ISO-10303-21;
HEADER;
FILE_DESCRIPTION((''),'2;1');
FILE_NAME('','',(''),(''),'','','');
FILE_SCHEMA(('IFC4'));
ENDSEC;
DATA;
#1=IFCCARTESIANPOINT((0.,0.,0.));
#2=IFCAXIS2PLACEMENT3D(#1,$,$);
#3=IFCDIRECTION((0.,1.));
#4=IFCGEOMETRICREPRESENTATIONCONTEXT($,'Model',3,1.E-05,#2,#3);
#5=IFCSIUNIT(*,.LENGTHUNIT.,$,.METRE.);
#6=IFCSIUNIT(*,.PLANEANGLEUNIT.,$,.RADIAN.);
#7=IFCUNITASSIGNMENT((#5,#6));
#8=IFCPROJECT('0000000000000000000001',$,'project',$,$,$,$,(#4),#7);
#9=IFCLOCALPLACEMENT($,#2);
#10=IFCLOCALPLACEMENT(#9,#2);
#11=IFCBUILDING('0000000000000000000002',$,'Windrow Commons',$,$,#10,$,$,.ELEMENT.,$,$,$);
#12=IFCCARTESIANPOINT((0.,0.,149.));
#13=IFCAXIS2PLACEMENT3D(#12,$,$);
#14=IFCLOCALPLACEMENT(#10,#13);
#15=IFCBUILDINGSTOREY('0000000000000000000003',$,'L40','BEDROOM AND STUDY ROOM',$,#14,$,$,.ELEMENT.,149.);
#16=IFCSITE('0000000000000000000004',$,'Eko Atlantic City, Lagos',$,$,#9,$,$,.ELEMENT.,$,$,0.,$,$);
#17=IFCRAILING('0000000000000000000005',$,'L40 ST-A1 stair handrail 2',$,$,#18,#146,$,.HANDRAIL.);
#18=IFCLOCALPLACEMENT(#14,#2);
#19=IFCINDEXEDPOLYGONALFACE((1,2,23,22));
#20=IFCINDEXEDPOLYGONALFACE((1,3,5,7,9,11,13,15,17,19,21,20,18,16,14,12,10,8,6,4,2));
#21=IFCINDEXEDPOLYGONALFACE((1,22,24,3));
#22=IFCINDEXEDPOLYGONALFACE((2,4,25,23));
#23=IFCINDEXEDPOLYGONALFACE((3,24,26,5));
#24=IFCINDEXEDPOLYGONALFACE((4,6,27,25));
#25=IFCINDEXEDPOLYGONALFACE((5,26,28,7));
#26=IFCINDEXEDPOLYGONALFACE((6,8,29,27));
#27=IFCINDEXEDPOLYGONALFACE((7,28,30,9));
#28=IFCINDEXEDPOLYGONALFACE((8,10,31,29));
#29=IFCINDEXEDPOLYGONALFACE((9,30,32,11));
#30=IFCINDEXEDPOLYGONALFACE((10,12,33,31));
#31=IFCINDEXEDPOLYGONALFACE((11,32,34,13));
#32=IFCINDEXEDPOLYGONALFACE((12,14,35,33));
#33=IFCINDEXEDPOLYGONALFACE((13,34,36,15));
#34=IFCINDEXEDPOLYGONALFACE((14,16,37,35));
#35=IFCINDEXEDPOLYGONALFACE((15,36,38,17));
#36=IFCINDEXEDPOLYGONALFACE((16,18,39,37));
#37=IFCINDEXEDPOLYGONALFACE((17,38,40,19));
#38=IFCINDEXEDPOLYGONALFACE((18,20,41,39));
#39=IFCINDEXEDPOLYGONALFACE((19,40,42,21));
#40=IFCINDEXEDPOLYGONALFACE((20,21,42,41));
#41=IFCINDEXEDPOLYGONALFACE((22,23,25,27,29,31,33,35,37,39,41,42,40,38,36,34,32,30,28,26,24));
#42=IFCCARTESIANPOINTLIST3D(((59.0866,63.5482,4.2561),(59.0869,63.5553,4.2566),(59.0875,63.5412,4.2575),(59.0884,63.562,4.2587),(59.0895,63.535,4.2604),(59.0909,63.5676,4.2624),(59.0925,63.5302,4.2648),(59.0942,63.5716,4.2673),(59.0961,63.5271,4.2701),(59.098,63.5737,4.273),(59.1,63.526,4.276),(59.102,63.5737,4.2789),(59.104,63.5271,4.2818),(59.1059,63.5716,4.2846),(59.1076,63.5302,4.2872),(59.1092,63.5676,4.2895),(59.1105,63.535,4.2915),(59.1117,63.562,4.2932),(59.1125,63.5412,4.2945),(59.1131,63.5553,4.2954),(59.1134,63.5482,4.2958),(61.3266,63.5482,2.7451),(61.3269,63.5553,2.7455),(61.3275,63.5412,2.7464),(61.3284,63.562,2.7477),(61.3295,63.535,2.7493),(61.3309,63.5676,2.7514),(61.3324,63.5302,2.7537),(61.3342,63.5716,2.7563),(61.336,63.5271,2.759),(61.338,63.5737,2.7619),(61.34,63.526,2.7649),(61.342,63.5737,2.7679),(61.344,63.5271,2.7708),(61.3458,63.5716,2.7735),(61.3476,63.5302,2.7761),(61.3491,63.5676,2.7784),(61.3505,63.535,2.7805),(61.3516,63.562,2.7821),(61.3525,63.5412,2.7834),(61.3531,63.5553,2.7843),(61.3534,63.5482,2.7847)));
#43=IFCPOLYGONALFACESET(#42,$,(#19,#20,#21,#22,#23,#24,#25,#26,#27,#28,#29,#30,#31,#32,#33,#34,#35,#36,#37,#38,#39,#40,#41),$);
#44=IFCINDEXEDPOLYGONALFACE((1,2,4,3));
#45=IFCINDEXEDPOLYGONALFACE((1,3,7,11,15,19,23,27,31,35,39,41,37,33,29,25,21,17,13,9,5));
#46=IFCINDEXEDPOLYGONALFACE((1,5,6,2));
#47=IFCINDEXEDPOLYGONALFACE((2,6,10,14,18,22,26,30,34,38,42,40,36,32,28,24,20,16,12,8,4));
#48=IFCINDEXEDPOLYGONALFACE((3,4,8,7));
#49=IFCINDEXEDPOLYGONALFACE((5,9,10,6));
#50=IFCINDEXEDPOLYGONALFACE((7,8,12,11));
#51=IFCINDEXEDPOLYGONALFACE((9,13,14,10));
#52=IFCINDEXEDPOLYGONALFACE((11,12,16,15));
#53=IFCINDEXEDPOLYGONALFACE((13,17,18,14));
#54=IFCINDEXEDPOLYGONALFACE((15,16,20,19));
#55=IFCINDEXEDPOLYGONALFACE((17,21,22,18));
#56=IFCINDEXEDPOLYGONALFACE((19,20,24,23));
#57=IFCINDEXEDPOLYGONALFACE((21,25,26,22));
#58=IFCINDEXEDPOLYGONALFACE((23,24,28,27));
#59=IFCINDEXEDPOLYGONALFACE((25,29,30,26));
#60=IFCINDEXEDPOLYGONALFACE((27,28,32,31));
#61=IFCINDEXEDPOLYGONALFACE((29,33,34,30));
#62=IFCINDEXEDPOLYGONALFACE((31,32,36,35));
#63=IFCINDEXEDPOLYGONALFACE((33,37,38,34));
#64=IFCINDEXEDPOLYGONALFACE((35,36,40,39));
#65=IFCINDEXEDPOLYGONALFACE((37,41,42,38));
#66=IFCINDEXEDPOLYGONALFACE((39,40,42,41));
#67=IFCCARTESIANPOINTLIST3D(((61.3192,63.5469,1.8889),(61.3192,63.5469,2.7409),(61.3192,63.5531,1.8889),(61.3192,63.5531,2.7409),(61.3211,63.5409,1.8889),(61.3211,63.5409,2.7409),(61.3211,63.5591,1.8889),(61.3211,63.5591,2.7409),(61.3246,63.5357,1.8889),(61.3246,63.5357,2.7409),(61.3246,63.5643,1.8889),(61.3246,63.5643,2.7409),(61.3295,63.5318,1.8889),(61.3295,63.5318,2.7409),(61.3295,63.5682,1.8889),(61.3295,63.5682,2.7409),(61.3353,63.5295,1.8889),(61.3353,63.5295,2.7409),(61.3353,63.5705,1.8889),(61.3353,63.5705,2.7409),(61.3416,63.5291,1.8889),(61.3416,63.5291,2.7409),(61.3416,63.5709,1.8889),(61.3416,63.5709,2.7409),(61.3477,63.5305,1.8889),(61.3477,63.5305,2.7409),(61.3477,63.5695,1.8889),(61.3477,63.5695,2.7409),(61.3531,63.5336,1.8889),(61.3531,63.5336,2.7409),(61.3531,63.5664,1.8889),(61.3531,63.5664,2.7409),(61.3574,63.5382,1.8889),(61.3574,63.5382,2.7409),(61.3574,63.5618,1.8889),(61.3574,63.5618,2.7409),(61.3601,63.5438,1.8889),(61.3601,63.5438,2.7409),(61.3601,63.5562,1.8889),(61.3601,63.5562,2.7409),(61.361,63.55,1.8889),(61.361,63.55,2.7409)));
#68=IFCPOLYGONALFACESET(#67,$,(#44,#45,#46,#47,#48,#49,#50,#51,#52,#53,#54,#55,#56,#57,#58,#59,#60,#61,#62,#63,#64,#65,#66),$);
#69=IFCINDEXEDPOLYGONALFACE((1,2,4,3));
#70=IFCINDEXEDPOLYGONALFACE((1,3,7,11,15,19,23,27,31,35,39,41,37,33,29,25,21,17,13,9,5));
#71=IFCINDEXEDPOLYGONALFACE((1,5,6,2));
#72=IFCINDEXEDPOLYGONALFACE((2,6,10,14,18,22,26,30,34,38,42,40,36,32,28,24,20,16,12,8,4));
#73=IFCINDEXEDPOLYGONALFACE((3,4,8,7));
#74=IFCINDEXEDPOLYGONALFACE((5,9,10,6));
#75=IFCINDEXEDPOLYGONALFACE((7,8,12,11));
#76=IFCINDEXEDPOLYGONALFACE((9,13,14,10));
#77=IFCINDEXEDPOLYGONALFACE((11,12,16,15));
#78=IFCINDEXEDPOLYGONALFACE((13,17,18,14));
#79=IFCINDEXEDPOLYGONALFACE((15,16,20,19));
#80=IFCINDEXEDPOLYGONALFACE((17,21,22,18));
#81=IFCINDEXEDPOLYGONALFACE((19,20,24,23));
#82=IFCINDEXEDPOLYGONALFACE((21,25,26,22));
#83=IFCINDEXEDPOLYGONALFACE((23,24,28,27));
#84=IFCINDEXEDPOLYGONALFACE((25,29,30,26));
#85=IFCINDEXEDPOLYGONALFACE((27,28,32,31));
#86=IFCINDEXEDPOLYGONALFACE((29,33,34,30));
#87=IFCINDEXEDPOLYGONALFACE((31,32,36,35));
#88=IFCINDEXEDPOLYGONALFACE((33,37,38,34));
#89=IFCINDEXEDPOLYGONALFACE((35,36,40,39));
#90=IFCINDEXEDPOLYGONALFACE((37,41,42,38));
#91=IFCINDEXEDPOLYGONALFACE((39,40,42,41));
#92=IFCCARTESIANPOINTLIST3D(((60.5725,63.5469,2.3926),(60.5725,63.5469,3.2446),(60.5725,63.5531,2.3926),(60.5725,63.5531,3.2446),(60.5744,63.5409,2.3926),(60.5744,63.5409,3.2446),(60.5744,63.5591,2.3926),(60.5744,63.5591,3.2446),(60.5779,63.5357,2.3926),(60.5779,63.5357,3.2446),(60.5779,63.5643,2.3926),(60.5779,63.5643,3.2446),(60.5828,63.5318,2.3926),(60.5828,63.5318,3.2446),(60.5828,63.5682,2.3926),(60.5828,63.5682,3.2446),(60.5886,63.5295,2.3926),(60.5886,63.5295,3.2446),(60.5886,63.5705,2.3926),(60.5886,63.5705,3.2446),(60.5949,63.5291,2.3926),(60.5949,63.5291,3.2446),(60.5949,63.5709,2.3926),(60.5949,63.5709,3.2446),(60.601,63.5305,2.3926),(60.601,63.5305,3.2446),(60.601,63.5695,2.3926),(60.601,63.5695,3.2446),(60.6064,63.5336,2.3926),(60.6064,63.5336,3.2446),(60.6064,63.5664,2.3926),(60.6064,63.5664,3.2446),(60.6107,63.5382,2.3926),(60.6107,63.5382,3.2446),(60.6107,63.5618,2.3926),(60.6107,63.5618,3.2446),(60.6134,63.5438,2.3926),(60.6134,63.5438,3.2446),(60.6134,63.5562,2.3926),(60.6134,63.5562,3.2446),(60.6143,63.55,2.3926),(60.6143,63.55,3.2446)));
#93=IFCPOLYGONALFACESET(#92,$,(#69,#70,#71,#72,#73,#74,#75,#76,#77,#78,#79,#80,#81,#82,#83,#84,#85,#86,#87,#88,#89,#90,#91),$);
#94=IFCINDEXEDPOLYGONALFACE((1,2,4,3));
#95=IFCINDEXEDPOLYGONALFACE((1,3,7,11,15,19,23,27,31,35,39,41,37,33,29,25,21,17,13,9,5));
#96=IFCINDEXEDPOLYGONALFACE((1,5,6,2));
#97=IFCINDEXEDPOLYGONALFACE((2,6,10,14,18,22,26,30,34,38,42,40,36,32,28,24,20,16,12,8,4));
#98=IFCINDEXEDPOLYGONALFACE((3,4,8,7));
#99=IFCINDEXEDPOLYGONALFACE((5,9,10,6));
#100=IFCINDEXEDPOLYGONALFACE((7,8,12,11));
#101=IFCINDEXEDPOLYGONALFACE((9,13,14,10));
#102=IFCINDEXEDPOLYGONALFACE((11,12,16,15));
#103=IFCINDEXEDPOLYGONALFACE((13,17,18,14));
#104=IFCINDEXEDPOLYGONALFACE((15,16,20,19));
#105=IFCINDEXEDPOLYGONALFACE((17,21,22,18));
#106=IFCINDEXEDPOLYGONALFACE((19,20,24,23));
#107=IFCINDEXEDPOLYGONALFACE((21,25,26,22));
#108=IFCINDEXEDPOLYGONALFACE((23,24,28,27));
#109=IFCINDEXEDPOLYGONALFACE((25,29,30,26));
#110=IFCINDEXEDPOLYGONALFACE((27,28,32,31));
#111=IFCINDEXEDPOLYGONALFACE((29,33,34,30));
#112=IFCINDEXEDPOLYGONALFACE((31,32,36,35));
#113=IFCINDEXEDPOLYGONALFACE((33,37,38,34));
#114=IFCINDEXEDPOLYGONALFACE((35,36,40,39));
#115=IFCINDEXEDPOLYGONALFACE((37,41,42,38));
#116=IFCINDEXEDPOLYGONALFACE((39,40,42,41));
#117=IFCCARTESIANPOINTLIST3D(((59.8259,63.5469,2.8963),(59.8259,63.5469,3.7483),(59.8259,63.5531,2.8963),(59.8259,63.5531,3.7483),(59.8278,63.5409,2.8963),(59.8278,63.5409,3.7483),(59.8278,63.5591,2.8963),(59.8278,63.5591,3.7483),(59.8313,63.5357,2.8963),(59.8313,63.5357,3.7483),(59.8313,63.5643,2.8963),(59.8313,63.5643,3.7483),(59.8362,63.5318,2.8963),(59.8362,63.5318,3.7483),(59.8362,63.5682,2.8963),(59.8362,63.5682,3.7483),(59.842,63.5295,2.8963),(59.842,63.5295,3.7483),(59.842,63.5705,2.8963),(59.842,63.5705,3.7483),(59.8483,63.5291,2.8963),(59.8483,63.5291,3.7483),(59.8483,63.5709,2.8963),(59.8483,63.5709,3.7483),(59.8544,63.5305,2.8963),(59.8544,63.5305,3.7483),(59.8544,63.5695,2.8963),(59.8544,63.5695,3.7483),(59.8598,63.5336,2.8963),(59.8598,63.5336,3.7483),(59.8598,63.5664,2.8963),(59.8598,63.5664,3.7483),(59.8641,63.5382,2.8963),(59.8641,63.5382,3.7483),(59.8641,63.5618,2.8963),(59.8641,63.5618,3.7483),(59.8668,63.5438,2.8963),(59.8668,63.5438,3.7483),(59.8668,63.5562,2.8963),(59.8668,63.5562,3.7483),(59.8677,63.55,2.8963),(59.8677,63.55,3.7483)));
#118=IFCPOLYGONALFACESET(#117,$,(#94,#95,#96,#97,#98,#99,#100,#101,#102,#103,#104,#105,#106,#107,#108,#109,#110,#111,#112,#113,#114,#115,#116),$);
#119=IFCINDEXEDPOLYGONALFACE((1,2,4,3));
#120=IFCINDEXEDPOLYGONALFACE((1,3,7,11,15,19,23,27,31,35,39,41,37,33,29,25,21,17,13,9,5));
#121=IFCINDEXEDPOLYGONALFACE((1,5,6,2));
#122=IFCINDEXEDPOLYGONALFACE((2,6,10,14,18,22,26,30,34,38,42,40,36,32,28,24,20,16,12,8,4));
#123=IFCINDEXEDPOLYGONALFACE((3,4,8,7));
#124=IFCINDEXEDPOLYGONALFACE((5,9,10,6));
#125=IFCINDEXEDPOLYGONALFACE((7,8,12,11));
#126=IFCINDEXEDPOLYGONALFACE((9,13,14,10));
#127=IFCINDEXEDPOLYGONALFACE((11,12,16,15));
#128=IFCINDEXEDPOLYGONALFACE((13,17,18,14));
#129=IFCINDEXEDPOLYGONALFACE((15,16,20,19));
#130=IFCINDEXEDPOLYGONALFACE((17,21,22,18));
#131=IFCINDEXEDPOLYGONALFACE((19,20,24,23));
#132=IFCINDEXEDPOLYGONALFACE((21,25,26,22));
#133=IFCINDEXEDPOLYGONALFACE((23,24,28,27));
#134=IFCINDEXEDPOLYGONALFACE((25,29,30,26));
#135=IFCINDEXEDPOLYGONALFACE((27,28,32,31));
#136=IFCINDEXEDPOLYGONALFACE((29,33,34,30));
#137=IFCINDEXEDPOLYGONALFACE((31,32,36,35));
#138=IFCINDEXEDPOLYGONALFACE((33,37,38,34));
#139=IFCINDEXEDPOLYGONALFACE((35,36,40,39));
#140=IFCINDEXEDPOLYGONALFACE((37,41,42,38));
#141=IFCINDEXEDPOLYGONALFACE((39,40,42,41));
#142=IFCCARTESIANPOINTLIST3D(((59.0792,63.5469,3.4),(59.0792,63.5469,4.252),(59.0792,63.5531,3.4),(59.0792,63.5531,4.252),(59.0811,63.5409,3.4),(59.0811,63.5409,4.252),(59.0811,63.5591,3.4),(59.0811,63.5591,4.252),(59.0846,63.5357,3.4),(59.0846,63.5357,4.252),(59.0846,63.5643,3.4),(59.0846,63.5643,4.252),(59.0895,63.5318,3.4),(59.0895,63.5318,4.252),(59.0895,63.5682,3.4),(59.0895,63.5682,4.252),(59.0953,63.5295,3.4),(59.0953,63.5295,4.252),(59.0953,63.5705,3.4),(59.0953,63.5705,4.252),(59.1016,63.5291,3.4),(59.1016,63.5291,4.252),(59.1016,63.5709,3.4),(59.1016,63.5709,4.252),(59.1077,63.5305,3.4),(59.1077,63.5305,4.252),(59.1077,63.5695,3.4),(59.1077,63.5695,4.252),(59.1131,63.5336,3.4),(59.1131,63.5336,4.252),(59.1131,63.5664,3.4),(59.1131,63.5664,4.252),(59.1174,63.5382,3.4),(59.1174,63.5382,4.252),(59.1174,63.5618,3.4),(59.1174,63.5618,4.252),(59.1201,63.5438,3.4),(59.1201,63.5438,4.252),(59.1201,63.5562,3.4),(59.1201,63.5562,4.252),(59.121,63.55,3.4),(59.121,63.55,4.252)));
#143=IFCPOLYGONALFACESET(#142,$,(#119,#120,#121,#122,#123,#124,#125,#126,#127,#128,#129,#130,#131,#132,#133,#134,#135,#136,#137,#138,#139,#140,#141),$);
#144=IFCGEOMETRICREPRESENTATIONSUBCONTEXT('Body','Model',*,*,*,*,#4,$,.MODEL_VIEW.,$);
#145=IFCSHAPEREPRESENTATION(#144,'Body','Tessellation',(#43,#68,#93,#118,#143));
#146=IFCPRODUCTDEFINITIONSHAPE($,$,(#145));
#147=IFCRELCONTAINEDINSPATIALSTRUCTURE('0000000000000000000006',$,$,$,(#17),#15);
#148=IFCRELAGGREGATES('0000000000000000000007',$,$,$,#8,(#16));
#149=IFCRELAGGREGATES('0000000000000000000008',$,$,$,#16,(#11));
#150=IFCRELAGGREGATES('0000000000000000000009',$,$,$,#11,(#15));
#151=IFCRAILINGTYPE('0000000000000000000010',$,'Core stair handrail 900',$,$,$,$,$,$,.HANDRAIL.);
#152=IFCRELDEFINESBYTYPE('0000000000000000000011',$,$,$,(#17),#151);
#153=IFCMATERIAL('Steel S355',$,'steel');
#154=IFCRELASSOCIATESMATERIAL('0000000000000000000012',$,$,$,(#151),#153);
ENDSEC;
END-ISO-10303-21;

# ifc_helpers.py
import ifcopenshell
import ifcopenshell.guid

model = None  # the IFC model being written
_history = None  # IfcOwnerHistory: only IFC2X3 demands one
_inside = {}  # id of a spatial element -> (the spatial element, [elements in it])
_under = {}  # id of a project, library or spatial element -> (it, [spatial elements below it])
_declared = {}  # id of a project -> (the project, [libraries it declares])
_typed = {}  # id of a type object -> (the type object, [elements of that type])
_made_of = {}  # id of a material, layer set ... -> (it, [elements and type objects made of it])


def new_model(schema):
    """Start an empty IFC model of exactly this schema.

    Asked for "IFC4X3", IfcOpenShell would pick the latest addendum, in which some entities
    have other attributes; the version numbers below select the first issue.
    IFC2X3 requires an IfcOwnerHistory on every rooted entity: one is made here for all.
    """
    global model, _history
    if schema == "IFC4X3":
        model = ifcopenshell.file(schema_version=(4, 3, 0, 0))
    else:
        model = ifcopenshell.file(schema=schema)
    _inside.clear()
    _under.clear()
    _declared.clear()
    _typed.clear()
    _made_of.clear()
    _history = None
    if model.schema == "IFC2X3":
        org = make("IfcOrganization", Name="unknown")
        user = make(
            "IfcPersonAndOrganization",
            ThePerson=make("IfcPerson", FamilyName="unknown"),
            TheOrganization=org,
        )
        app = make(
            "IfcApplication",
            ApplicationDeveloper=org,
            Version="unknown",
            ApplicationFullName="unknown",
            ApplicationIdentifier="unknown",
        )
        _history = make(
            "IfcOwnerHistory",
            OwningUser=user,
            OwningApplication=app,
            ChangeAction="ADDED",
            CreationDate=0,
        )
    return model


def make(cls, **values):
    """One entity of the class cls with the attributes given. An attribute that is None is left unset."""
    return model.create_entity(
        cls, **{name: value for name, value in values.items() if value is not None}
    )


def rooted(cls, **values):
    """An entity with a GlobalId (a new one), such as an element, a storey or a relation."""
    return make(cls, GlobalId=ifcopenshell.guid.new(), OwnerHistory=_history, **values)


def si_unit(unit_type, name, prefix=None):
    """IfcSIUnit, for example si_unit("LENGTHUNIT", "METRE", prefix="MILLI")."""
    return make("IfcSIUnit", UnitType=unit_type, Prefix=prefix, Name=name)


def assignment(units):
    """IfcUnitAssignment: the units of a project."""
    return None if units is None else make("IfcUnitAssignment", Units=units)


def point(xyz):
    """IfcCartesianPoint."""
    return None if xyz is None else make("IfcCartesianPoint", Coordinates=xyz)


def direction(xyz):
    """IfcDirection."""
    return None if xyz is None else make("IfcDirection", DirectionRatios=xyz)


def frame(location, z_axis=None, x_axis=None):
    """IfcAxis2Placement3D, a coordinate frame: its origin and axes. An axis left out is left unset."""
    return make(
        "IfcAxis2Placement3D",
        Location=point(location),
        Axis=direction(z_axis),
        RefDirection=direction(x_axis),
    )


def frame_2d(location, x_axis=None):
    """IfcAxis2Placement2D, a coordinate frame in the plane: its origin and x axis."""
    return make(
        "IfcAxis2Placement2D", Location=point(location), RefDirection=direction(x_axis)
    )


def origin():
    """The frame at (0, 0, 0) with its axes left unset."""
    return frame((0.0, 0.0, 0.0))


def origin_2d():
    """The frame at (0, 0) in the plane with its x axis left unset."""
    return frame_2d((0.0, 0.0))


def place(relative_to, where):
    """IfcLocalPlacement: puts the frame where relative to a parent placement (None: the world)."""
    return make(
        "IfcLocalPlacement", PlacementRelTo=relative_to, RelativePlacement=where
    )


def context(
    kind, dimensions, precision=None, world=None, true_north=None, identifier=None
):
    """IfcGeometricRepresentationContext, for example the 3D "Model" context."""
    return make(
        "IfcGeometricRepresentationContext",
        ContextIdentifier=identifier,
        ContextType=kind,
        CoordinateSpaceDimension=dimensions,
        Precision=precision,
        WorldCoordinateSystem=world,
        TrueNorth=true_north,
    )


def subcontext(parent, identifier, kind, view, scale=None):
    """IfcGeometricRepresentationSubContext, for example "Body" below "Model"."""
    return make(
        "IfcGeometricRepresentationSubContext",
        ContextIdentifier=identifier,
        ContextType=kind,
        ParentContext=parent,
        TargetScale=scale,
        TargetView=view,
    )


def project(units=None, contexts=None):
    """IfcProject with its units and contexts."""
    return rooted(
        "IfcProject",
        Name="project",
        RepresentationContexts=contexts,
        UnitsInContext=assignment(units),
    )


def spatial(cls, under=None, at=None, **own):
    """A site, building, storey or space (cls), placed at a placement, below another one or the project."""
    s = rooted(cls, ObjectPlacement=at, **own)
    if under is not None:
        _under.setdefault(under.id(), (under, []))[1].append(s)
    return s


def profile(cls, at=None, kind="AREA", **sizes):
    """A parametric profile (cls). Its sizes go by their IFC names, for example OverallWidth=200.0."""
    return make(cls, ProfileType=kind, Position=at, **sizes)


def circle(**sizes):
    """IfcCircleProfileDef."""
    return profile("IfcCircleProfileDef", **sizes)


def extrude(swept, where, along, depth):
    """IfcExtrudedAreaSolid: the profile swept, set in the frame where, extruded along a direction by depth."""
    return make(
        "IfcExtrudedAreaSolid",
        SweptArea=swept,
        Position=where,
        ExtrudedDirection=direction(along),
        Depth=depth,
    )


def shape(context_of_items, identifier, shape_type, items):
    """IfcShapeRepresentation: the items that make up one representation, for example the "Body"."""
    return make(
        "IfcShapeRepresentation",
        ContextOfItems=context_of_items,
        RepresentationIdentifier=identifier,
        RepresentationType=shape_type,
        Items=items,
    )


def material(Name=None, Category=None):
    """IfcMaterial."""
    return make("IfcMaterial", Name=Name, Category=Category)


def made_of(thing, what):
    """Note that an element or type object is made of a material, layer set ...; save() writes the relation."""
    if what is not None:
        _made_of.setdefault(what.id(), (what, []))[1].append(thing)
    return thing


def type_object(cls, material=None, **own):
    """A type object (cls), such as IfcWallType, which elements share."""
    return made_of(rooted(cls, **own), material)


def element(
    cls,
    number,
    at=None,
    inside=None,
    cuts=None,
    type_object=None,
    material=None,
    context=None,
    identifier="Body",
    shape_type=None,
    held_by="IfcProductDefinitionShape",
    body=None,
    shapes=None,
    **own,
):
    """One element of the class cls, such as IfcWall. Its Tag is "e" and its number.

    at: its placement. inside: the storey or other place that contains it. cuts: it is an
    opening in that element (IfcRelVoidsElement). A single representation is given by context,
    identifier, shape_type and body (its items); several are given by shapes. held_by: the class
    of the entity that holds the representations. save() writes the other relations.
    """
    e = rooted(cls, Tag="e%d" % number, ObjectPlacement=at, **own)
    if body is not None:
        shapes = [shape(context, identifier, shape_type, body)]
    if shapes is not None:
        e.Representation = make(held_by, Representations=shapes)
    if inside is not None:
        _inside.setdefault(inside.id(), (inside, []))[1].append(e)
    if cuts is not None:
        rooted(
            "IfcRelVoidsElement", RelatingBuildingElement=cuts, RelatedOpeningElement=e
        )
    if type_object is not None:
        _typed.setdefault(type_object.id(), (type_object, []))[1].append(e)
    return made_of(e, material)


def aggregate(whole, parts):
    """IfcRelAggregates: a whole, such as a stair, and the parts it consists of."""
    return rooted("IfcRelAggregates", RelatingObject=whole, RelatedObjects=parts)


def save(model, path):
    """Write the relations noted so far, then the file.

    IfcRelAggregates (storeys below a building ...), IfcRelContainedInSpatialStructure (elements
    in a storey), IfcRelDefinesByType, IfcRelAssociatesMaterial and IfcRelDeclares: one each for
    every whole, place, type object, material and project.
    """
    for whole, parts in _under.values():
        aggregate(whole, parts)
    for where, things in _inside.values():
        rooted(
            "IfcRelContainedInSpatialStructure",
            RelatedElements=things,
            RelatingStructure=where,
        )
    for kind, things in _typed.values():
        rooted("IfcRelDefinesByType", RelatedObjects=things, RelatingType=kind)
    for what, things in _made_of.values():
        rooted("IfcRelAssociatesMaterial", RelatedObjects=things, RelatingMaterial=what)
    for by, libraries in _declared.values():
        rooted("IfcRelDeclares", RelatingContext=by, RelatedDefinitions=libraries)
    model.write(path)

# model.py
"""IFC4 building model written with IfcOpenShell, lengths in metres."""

from ifc_helpers import new_model, si_unit, direction, frame, origin, origin_2d, place, context, subcontext, project, spatial, circle, extrude, material, type_object, element, save


model = new_model("IFC4")

# Units and contexts
model_context = context("Model", 3, precision=1e-05, world=origin(), true_north=direction((0.0, 1.0)))
body_context = subcontext(model_context, "Body", "Model", "MODEL_VIEW")
ifc_project = project(units=[si_unit("LENGTHUNIT", "METRE"), si_unit("PLANEANGLEUNIT", "RADIAN")], contexts=[model_context])

# Site, building, storey
site_placement = place(None, origin())
site = spatial("IfcSite", under=ifc_project, at=site_placement, Name="Eko Atlantic City, Lagos", CompositionType="ELEMENT", RefElevation=0.0)
building_placement = place(site_placement, origin())
building = spatial("IfcBuilding", under=site, at=building_placement, Name="Windrow Commons", CompositionType="ELEMENT")
storey_placement = place(building_placement, frame((0.0, 0.0, 149.0)))
storey = spatial("IfcBuildingStorey", under=building, at=storey_placement, Name="L40", Description="BEDROOM AND STUDY ROOM", CompositionType="ELEMENT", Elevation=149.0)

# Railing
ifc_material_1 = material(Name="Steel S355", Category="steel")
railing_type_1 = type_object("IfcRailingType", Name="Core stair handrail 900", PredefinedType="HANDRAIL", material=ifc_material_1)
railing_1_placement = place(storey_placement, frame((61.34, 63.55, 1.8889)))
element("IfcRailing", 1, at=railing_1_placement, inside=storey, type_object=railing_type_1, Name="L40 ST-A1 stair handrail 2", PredefinedType="HANDRAIL", context=body_context, shape_type="SweptSolid", body=[
    extrude(circle(Radius=0.024, at=origin_2d()), frame((0.0, 0.0, 0.876), z_axis=(-0.829003, 0.0, 0.559244), x_axis=(0.0, -1.0, 0.0)), (0.0, 0.0, 1.0), 2.702),
    extrude(circle(Radius=0.021, at=origin_2d()), origin(), (0.0, 0.0, 1.0), 0.852),
    extrude(circle(Radius=0.021, at=origin_2d()), frame((-0.7467, 0.0, 0.5037)), (0.0, 0.0, 1.0), 0.852),
    extrude(circle(Radius=0.021, at=origin_2d()), frame((-1.4933, 0.0, 1.0074)), (0.0, 0.0, 1.0), 0.852),
    extrude(circle(Radius=0.021, at=origin_2d()), frame((-2.24, 0.0, 1.5111)), (0.0, 0.0, 1.0), 0.852),
])

save(model, "model.ifc")
